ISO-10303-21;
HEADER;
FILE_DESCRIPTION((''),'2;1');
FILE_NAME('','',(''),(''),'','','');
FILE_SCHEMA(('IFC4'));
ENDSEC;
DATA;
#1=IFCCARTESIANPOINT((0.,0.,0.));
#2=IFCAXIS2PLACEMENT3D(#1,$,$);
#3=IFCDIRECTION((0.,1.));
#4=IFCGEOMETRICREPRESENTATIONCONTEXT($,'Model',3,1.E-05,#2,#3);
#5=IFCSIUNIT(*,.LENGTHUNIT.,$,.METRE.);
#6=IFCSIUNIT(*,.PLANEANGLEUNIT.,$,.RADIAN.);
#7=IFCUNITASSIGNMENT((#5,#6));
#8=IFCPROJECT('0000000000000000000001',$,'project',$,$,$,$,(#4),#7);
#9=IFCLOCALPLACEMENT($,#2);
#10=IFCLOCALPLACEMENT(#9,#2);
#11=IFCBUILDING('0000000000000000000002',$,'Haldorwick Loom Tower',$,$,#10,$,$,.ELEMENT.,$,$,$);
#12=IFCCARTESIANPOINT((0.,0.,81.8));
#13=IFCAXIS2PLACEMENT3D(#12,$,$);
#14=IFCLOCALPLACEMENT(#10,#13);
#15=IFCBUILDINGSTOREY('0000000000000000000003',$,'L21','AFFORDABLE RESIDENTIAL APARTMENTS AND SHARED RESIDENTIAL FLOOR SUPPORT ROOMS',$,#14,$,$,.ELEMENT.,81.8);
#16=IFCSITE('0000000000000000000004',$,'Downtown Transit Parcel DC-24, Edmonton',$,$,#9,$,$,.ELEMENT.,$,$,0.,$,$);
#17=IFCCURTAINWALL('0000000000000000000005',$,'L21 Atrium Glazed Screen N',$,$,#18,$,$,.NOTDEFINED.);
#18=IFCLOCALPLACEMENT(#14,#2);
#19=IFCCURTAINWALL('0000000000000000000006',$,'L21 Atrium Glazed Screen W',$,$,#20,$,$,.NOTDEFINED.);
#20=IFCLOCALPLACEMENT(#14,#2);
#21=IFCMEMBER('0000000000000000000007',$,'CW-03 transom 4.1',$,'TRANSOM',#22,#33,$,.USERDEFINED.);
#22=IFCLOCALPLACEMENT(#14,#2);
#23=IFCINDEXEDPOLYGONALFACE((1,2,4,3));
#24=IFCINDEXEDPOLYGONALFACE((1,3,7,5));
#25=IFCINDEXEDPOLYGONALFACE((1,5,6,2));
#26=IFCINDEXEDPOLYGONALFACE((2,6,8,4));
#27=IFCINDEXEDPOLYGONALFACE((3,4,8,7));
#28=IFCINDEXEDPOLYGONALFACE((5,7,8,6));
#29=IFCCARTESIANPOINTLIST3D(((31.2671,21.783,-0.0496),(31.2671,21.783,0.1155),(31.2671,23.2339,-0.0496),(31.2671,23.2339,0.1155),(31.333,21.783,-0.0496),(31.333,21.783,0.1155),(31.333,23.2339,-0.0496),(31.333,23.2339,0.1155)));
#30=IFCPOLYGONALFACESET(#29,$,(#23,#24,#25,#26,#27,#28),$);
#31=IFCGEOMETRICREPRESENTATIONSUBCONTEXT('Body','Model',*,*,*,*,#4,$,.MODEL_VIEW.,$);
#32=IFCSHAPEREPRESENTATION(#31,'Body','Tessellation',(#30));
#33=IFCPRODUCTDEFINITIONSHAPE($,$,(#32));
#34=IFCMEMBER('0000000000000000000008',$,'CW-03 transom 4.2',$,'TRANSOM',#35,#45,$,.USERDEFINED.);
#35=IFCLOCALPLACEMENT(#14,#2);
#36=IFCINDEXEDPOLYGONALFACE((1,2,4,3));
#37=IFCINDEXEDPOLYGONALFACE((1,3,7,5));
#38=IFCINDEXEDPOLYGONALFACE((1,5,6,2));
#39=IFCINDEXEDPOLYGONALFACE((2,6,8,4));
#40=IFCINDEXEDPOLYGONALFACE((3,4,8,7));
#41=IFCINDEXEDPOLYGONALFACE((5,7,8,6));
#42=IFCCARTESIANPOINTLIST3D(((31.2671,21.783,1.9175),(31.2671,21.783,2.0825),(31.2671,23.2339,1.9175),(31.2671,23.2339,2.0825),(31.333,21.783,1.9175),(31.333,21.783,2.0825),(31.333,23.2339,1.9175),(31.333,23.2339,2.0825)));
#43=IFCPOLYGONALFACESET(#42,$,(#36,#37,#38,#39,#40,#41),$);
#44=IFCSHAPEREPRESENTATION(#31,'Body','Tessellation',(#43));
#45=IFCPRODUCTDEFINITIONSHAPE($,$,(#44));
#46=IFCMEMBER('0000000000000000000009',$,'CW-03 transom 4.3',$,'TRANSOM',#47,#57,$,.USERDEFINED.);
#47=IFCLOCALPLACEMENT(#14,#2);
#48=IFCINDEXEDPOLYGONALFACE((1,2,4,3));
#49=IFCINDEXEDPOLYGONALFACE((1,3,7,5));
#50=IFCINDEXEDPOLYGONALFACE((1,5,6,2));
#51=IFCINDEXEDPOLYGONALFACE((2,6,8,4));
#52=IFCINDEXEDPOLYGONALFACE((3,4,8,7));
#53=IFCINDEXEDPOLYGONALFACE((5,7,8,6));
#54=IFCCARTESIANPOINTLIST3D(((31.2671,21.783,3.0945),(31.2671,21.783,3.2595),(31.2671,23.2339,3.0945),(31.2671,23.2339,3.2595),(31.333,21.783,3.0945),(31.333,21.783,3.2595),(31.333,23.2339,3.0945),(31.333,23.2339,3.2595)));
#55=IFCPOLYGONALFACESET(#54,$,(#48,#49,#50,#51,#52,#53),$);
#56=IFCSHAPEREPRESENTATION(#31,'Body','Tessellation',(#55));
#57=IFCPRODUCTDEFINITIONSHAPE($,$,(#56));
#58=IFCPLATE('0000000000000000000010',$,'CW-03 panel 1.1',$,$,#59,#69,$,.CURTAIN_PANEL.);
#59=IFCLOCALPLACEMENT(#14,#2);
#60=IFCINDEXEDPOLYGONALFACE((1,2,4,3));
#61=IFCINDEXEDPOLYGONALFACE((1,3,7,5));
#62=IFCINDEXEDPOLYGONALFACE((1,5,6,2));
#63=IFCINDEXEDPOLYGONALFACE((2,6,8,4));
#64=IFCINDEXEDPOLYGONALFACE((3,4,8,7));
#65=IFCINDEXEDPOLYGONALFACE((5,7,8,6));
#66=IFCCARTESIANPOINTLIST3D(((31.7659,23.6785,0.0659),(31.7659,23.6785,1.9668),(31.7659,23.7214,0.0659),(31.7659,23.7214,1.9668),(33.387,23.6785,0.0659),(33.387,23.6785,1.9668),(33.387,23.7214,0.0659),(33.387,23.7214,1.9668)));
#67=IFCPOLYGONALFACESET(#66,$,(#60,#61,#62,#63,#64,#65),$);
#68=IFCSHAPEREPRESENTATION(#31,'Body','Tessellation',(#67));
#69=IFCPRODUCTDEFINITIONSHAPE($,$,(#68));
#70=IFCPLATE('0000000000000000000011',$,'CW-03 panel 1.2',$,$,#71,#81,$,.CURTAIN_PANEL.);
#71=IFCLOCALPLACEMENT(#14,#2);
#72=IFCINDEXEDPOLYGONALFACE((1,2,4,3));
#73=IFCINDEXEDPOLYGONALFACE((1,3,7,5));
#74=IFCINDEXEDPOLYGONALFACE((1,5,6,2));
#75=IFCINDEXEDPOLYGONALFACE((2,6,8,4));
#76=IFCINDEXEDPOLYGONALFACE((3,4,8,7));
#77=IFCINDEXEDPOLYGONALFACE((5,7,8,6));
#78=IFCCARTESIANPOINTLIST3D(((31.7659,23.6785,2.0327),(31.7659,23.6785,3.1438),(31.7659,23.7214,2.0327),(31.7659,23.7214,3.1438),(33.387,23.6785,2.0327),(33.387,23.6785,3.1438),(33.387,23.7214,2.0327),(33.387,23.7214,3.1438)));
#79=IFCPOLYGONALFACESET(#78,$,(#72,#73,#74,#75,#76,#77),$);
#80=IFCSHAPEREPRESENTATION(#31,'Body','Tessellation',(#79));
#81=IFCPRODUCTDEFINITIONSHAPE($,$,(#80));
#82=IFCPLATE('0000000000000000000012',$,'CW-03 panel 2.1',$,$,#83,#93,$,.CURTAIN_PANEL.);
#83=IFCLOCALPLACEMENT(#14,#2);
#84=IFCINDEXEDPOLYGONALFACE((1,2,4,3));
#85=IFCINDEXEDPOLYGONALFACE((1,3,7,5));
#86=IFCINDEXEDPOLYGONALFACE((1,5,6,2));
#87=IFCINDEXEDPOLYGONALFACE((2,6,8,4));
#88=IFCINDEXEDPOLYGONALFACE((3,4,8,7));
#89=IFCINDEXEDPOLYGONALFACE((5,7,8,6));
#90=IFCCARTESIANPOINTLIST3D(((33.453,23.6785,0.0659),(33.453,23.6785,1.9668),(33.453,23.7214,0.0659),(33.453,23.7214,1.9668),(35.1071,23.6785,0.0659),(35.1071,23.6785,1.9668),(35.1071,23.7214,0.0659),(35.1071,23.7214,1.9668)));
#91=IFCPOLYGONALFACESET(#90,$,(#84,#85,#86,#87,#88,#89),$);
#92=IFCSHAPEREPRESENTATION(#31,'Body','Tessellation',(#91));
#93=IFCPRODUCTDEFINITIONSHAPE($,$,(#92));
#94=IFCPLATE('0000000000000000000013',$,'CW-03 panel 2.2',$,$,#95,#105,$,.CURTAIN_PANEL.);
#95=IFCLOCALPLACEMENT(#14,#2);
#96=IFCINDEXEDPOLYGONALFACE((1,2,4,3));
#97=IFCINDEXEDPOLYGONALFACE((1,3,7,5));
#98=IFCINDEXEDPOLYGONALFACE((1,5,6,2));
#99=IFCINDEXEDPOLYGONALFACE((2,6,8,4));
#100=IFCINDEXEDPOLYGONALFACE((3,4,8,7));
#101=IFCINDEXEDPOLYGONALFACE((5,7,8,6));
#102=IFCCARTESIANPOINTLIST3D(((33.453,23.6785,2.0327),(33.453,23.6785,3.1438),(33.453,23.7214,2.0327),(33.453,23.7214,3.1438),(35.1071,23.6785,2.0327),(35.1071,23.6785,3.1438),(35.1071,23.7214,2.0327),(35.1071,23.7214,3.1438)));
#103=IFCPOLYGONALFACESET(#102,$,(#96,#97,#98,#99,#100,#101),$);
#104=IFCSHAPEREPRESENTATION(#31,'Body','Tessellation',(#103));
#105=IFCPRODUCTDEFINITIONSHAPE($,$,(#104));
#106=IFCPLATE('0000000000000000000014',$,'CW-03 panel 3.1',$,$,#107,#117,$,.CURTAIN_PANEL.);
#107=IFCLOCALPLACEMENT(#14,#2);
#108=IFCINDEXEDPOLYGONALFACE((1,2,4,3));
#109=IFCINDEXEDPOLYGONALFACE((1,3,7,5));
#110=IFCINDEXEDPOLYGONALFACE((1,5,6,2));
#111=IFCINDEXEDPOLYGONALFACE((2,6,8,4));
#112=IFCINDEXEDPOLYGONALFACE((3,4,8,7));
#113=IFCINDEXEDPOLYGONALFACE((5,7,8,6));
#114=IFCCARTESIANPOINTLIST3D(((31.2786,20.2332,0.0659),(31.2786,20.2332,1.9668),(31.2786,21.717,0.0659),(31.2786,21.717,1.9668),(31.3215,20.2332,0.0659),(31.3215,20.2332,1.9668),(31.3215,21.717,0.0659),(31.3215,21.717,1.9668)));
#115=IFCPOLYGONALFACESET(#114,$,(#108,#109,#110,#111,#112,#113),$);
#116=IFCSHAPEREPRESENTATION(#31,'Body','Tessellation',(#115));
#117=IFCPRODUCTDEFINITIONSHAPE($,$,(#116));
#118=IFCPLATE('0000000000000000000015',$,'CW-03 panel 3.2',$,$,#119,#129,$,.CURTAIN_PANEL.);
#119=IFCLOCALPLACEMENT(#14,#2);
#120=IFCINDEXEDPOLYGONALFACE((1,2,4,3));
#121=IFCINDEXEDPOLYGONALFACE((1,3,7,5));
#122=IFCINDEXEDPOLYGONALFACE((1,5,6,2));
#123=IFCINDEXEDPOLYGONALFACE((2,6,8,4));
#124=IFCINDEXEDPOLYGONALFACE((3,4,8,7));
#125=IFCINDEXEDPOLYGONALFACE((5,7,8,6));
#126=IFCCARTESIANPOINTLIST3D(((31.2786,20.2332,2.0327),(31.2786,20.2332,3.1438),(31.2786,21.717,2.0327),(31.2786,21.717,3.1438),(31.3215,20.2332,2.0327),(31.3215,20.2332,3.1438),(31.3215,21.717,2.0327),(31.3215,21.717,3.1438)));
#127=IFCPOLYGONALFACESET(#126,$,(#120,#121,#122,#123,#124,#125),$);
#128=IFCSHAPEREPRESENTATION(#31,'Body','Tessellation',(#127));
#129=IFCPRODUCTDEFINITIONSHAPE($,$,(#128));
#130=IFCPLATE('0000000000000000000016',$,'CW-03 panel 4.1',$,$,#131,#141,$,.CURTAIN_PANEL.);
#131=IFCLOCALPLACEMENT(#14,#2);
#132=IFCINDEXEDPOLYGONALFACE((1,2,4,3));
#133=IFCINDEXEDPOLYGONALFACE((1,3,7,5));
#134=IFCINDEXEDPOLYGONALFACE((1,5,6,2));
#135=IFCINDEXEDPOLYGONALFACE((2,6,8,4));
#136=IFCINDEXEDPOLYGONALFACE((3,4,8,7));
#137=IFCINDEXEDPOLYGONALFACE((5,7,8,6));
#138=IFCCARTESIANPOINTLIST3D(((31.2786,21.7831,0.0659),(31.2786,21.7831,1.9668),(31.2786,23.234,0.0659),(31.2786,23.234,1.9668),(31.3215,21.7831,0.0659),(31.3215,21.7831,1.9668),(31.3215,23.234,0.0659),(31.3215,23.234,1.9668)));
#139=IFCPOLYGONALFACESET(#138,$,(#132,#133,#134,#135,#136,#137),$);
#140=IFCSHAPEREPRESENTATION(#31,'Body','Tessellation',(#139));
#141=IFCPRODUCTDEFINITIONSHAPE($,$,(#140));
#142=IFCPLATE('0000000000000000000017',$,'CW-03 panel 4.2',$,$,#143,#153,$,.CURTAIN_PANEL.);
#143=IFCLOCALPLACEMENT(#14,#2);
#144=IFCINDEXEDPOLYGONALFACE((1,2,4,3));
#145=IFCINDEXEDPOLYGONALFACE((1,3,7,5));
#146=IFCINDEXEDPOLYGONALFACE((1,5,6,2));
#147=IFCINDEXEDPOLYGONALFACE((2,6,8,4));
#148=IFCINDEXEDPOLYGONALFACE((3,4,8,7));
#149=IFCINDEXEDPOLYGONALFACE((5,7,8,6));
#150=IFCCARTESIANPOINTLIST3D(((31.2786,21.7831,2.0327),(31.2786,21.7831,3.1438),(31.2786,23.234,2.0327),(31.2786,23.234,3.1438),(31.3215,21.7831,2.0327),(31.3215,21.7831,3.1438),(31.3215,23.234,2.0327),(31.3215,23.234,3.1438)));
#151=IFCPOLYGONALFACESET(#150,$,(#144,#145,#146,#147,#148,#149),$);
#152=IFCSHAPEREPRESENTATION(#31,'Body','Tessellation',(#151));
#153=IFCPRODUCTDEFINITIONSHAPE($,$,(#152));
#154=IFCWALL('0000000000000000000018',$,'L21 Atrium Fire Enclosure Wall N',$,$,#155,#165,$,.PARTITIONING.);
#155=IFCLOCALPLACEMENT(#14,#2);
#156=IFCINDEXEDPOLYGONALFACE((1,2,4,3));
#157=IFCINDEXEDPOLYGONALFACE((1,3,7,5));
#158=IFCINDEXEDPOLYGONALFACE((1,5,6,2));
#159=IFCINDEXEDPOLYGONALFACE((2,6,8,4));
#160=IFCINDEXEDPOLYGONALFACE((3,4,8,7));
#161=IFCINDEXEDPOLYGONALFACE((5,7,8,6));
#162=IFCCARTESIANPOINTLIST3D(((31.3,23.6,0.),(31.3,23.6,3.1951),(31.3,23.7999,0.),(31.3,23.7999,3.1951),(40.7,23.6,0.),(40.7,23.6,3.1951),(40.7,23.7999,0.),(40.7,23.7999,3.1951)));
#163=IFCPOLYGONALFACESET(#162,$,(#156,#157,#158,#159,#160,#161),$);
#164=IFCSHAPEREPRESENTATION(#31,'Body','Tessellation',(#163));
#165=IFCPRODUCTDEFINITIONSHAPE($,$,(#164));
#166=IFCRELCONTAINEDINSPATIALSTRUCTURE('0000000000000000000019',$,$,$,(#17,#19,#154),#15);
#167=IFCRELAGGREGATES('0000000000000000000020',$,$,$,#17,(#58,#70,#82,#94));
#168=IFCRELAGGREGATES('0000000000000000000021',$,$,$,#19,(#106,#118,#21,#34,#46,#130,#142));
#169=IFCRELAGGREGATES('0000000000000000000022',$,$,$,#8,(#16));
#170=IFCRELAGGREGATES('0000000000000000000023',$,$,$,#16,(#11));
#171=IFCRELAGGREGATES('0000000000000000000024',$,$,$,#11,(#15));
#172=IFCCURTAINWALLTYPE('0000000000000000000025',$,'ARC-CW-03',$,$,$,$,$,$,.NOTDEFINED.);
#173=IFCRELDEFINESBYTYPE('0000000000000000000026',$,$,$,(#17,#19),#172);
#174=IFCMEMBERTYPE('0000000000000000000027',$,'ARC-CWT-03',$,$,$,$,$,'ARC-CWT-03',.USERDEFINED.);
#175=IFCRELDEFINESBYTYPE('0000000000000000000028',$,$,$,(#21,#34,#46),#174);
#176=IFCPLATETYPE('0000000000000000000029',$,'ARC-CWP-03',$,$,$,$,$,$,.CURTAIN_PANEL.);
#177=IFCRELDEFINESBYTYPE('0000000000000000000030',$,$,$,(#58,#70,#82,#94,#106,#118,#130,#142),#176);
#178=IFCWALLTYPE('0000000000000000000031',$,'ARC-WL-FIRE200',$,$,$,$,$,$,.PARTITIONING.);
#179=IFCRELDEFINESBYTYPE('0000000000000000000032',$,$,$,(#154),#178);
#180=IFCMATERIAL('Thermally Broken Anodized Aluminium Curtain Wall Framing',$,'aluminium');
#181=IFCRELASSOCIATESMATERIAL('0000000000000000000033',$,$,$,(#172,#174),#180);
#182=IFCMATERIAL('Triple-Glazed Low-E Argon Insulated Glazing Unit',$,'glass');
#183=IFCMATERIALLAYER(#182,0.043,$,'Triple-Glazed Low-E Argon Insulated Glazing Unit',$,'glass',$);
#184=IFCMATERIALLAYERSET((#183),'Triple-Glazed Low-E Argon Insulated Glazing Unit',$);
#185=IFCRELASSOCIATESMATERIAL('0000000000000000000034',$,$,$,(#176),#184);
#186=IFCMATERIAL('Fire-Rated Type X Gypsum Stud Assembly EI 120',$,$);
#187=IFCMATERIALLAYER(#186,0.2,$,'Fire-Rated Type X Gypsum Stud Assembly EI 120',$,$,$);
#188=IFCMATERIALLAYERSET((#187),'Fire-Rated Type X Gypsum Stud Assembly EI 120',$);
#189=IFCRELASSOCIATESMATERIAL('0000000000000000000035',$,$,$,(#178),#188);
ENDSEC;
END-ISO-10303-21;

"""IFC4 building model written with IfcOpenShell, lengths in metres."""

from ifc_helpers import new_model, si_unit, direction, frame, frame_2d, origin, origin_2d, place, context, subcontext, project, spatial, rectangle, extrude, material, layer, layer_set, material_profile, profile_set, type_object, element, aggregate, save


model = new_model("IFC4")

# Units and contexts
model_context = context("Model", 3, precision=1e-05, world=origin(), true_north=direction((0.0, 1.0)))
body_context = subcontext(model_context, "Body", "Model", "MODEL_VIEW")
ifc_project = project(units=[si_unit("LENGTHUNIT", "METRE"), si_unit("PLANEANGLEUNIT", "RADIAN")], contexts=[model_context])

# Site, building, storey
site_placement = place(None, origin())
site = spatial("IfcSite", under=ifc_project, at=site_placement, Name="Downtown Transit Parcel DC-24, Edmonton", CompositionType="ELEMENT", RefElevation=0.0)
building_placement = place(site_placement, origin())
building = spatial("IfcBuilding", under=site, at=building_placement, Name="Haldorwick Loom Tower", CompositionType="ELEMENT")
storey_placement = place(building_placement, frame((0.0, 0.0, 81.8)))
storey = spatial("IfcBuildingStorey", under=building, at=storey_placement, Name="L21", Description="AFFORDABLE RESIDENTIAL APARTMENTS AND SHARED RESIDENTIAL FLOOR SUPPORT ROOMS", CompositionType="ELEMENT", Elevation=81.8)

# Curtain walls
ifc_material_1 = material(Name="Thermally Broken Anodized Aluminium Curtain Wall Framing", Category="aluminium")
curtain_wall_type = type_object("IfcCurtainWallType", Name="ARC-CW-03", PredefinedType="NOTDEFINED", material=ifc_material_1)
curtain_wall_1_placement = place(storey_placement, origin())
curtain_wall_1 = element("IfcCurtainWall", 1, at=curtain_wall_1_placement, inside=storey, type_object=curtain_wall_type, Name="L21 Atrium Glazed Screen N", PredefinedType="NOTDEFINED")
curtain_wall_2_placement = place(storey_placement, origin())
curtain_wall_2 = element("IfcCurtainWall", 2, at=curtain_wall_2_placement, inside=storey, type_object=curtain_wall_type, Name="L21 Atrium Glazed Screen W", PredefinedType="NOTDEFINED")

# Members
ifc_material_profile_1 = material_profile(ifc_material_1, rectangle(XDim=0.0659, YDim=0.165, at=origin_2d()), Name="ALU_TRN_66X165", Category="aluminium")
ifc_profile_set_1 = profile_set([ifc_material_profile_1], Name="Thermally Broken Anodized Aluminium Curtain Wall Framing")
member_type_1 = type_object("IfcMemberType", Name="ARC-CWT-03", ElementType="ARC-CWT-03", PredefinedType="USERDEFINED", material=ifc_profile_set_1)
member_1_placement = place(storey_placement, frame((31.3, 21.783, 0.033), z_axis=(0.0, 1.0, 0.0), x_axis=(-1.0, 0.0, 0.0)))
member_1 = element("IfcMember", 3, at=member_1_placement, type_object=member_type_1, Name="CW-03 transom 4.1", ObjectType="TRANSOM", PredefinedType="USERDEFINED", context=body_context, shape_type="SweptSolid", body=[
    extrude(rectangle(XDim=0.0659, YDim=0.165, at=origin_2d()), origin(), (0.0, 0.0, 1.0), 1.4509),
])
member_2_placement = place(storey_placement, frame((31.3, 21.783, 2.0), z_axis=(0.0, 1.0, 0.0), x_axis=(-1.0, 0.0, 0.0)))
member_2 = element("IfcMember", 4, at=member_2_placement, type_object=member_type_1, Name="CW-03 transom 4.2", ObjectType="TRANSOM", PredefinedType="USERDEFINED", context=body_context, shape_type="SweptSolid", body=[
    extrude(rectangle(XDim=0.0659, YDim=0.165, at=origin_2d()), origin(), (0.0, 0.0, 1.0), 1.4509),
])
member_3_placement = place(storey_placement, frame((31.3, 21.783, 3.177), z_axis=(0.0, 1.0, 0.0), x_axis=(-1.0, 0.0, 0.0)))
member_3 = element("IfcMember", 5, at=member_3_placement, type_object=member_type_1, Name="CW-03 transom 4.3", ObjectType="TRANSOM", PredefinedType="USERDEFINED", context=body_context, shape_type="SweptSolid", body=[
    extrude(rectangle(XDim=0.0659, YDim=0.165, at=origin_2d()), origin(), (0.0, 0.0, 1.0), 1.4509),
])

# Plates
ifc_material_2 = material(Name="Triple-Glazed Low-E Argon Insulated Glazing Unit", Category="glass")
ifc_layer_1 = layer(ifc_material_2, 0.043, Name="Triple-Glazed Low-E Argon Insulated Glazing Unit", Category="glass")
ifc_layer_set_1 = layer_set([ifc_layer_1], Name="Triple-Glazed Low-E Argon Insulated Glazing Unit")
plate_type = type_object("IfcPlateType", Name="ARC-CWP-03", PredefinedType="CURTAIN_PANEL", material=ifc_layer_set_1)
plate_1_placement = place(storey_placement, frame((32.5764, 23.7, 0.0659), z_axis=(0.0, 0.0, 1.0), x_axis=(1.0, 0.0, 0.0)))
plate_1 = element("IfcPlate", 6, at=plate_1_placement, type_object=plate_type, Name="CW-03 panel 1.1", PredefinedType="CURTAIN_PANEL", context=body_context, shape_type="SweptSolid", body=[
    extrude(rectangle(XDim=1.6211, YDim=0.043, at=origin_2d()), origin(), (0.0, 0.0, 1.0), 1.9009),
])
plate_2_placement = place(storey_placement, frame((32.5764, 23.7, 2.0327), z_axis=(0.0, 0.0, 1.0), x_axis=(1.0, 0.0, 0.0)))
plate_2 = element("IfcPlate", 7, at=plate_2_placement, type_object=plate_type, Name="CW-03 panel 1.2", PredefinedType="CURTAIN_PANEL", context=body_context, shape_type="SweptSolid", body=[
    extrude(rectangle(XDim=1.6211, YDim=0.043, at=origin_2d()), origin(), (0.0, 0.0, 1.0), 1.1111),
])
plate_3_placement = place(storey_placement, frame((34.28, 23.7, 0.0659), z_axis=(0.0, 0.0, 1.0), x_axis=(1.0, 0.0, 0.0)))
plate_3 = element("IfcPlate", 8, at=plate_3_placement, type_object=plate_type, Name="CW-03 panel 2.1", PredefinedType="CURTAIN_PANEL", context=body_context, shape_type="SweptSolid", body=[
    extrude(rectangle(XDim=1.6541, YDim=0.043, at=origin_2d()), origin(), (0.0, 0.0, 1.0), 1.9009),
])
plate_4_placement = place(storey_placement, frame((34.28, 23.7, 2.0327), z_axis=(0.0, 0.0, 1.0), x_axis=(1.0, 0.0, 0.0)))
plate_4 = element("IfcPlate", 9, at=plate_4_placement, type_object=plate_type, Name="CW-03 panel 2.2", PredefinedType="CURTAIN_PANEL", context=body_context, shape_type="SweptSolid", body=[
    extrude(rectangle(XDim=1.6541, YDim=0.043, at=origin_2d()), origin(), (0.0, 0.0, 1.0), 1.1111),
])
aggregate(curtain_wall_1, [plate_1, plate_2, plate_3, plate_4])
plate_5_placement = place(storey_placement, frame((31.3, 20.9751, 0.0659), z_axis=(0.0, 0.0, 1.0), x_axis=(0.0, 1.0, 0.0)))
plate_5 = element("IfcPlate", 10, at=plate_5_placement, type_object=plate_type, Name="CW-03 panel 3.1", PredefinedType="CURTAIN_PANEL", context=body_context, shape_type="SweptSolid", body=[
    extrude(rectangle(XDim=1.4839, YDim=0.043, at=origin_2d()), origin(), (0.0, 0.0, 1.0), 1.9009),
])
plate_6_placement = place(storey_placement, frame((31.3, 20.9751, 2.0327), z_axis=(0.0, 0.0, 1.0), x_axis=(0.0, 1.0, 0.0)))
plate_6 = element("IfcPlate", 11, at=plate_6_placement, type_object=plate_type, Name="CW-03 panel 3.2", PredefinedType="CURTAIN_PANEL", context=body_context, shape_type="SweptSolid", body=[
    extrude(rectangle(XDim=1.4839, YDim=0.043, at=origin_2d()), origin(), (0.0, 0.0, 1.0), 1.1111),
])
plate_7_placement = place(storey_placement, frame((31.3, 22.5085, 0.0659), z_axis=(0.0, 0.0, 1.0), x_axis=(0.0, 1.0, 0.0)))
plate_7 = element("IfcPlate", 12, at=plate_7_placement, type_object=plate_type, Name="CW-03 panel 4.1", PredefinedType="CURTAIN_PANEL", context=body_context, shape_type="SweptSolid", body=[
    extrude(rectangle(XDim=1.4509, YDim=0.043, at=origin_2d()), origin(), (0.0, 0.0, 1.0), 1.9009),
])
plate_8_placement = place(storey_placement, frame((31.3, 22.5085, 2.0327), z_axis=(0.0, 0.0, 1.0), x_axis=(0.0, 1.0, 0.0)))
plate_8 = element("IfcPlate", 13, at=plate_8_placement, type_object=plate_type, Name="CW-03 panel 4.2", PredefinedType="CURTAIN_PANEL", context=body_context, shape_type="SweptSolid", body=[
    extrude(rectangle(XDim=1.4509, YDim=0.043, at=origin_2d()), origin(), (0.0, 0.0, 1.0), 1.1111),
])
aggregate(curtain_wall_2, [plate_5, plate_6, member_1, member_2, member_3, plate_7, plate_8])

# Wall
ifc_material_3 = material(Name="Fire-Rated Type X Gypsum Stud Assembly EI 120")
ifc_layer_2 = layer(ifc_material_3, 0.2, Name="Fire-Rated Type X Gypsum Stud Assembly EI 120")
ifc_layer_set_2 = layer_set([ifc_layer_2], Name="Fire-Rated Type X Gypsum Stud Assembly EI 120")
wall_type = type_object("IfcWallType", Name="ARC-WL-FIRE200", PredefinedType="PARTITIONING", material=ifc_layer_set_2)
wall_placement = place(storey_placement, frame((31.3, 23.7, 0.0), z_axis=(0.0, 0.0, 1.0), x_axis=(1.0, 0.0, 0.0)))
element("IfcWall", 14, at=wall_placement, inside=storey, type_object=wall_type, Name="L21 Atrium Fire Enclosure Wall N", PredefinedType="PARTITIONING", context=body_context, shape_type="SweptSolid", body=[
    extrude(rectangle(XDim=9.3999, YDim=0.2, at=frame_2d((4.7, 0.0))), origin(), (0.0, 0.0, 1.0), 3.1951),
])

save(model, "model.ifc")
